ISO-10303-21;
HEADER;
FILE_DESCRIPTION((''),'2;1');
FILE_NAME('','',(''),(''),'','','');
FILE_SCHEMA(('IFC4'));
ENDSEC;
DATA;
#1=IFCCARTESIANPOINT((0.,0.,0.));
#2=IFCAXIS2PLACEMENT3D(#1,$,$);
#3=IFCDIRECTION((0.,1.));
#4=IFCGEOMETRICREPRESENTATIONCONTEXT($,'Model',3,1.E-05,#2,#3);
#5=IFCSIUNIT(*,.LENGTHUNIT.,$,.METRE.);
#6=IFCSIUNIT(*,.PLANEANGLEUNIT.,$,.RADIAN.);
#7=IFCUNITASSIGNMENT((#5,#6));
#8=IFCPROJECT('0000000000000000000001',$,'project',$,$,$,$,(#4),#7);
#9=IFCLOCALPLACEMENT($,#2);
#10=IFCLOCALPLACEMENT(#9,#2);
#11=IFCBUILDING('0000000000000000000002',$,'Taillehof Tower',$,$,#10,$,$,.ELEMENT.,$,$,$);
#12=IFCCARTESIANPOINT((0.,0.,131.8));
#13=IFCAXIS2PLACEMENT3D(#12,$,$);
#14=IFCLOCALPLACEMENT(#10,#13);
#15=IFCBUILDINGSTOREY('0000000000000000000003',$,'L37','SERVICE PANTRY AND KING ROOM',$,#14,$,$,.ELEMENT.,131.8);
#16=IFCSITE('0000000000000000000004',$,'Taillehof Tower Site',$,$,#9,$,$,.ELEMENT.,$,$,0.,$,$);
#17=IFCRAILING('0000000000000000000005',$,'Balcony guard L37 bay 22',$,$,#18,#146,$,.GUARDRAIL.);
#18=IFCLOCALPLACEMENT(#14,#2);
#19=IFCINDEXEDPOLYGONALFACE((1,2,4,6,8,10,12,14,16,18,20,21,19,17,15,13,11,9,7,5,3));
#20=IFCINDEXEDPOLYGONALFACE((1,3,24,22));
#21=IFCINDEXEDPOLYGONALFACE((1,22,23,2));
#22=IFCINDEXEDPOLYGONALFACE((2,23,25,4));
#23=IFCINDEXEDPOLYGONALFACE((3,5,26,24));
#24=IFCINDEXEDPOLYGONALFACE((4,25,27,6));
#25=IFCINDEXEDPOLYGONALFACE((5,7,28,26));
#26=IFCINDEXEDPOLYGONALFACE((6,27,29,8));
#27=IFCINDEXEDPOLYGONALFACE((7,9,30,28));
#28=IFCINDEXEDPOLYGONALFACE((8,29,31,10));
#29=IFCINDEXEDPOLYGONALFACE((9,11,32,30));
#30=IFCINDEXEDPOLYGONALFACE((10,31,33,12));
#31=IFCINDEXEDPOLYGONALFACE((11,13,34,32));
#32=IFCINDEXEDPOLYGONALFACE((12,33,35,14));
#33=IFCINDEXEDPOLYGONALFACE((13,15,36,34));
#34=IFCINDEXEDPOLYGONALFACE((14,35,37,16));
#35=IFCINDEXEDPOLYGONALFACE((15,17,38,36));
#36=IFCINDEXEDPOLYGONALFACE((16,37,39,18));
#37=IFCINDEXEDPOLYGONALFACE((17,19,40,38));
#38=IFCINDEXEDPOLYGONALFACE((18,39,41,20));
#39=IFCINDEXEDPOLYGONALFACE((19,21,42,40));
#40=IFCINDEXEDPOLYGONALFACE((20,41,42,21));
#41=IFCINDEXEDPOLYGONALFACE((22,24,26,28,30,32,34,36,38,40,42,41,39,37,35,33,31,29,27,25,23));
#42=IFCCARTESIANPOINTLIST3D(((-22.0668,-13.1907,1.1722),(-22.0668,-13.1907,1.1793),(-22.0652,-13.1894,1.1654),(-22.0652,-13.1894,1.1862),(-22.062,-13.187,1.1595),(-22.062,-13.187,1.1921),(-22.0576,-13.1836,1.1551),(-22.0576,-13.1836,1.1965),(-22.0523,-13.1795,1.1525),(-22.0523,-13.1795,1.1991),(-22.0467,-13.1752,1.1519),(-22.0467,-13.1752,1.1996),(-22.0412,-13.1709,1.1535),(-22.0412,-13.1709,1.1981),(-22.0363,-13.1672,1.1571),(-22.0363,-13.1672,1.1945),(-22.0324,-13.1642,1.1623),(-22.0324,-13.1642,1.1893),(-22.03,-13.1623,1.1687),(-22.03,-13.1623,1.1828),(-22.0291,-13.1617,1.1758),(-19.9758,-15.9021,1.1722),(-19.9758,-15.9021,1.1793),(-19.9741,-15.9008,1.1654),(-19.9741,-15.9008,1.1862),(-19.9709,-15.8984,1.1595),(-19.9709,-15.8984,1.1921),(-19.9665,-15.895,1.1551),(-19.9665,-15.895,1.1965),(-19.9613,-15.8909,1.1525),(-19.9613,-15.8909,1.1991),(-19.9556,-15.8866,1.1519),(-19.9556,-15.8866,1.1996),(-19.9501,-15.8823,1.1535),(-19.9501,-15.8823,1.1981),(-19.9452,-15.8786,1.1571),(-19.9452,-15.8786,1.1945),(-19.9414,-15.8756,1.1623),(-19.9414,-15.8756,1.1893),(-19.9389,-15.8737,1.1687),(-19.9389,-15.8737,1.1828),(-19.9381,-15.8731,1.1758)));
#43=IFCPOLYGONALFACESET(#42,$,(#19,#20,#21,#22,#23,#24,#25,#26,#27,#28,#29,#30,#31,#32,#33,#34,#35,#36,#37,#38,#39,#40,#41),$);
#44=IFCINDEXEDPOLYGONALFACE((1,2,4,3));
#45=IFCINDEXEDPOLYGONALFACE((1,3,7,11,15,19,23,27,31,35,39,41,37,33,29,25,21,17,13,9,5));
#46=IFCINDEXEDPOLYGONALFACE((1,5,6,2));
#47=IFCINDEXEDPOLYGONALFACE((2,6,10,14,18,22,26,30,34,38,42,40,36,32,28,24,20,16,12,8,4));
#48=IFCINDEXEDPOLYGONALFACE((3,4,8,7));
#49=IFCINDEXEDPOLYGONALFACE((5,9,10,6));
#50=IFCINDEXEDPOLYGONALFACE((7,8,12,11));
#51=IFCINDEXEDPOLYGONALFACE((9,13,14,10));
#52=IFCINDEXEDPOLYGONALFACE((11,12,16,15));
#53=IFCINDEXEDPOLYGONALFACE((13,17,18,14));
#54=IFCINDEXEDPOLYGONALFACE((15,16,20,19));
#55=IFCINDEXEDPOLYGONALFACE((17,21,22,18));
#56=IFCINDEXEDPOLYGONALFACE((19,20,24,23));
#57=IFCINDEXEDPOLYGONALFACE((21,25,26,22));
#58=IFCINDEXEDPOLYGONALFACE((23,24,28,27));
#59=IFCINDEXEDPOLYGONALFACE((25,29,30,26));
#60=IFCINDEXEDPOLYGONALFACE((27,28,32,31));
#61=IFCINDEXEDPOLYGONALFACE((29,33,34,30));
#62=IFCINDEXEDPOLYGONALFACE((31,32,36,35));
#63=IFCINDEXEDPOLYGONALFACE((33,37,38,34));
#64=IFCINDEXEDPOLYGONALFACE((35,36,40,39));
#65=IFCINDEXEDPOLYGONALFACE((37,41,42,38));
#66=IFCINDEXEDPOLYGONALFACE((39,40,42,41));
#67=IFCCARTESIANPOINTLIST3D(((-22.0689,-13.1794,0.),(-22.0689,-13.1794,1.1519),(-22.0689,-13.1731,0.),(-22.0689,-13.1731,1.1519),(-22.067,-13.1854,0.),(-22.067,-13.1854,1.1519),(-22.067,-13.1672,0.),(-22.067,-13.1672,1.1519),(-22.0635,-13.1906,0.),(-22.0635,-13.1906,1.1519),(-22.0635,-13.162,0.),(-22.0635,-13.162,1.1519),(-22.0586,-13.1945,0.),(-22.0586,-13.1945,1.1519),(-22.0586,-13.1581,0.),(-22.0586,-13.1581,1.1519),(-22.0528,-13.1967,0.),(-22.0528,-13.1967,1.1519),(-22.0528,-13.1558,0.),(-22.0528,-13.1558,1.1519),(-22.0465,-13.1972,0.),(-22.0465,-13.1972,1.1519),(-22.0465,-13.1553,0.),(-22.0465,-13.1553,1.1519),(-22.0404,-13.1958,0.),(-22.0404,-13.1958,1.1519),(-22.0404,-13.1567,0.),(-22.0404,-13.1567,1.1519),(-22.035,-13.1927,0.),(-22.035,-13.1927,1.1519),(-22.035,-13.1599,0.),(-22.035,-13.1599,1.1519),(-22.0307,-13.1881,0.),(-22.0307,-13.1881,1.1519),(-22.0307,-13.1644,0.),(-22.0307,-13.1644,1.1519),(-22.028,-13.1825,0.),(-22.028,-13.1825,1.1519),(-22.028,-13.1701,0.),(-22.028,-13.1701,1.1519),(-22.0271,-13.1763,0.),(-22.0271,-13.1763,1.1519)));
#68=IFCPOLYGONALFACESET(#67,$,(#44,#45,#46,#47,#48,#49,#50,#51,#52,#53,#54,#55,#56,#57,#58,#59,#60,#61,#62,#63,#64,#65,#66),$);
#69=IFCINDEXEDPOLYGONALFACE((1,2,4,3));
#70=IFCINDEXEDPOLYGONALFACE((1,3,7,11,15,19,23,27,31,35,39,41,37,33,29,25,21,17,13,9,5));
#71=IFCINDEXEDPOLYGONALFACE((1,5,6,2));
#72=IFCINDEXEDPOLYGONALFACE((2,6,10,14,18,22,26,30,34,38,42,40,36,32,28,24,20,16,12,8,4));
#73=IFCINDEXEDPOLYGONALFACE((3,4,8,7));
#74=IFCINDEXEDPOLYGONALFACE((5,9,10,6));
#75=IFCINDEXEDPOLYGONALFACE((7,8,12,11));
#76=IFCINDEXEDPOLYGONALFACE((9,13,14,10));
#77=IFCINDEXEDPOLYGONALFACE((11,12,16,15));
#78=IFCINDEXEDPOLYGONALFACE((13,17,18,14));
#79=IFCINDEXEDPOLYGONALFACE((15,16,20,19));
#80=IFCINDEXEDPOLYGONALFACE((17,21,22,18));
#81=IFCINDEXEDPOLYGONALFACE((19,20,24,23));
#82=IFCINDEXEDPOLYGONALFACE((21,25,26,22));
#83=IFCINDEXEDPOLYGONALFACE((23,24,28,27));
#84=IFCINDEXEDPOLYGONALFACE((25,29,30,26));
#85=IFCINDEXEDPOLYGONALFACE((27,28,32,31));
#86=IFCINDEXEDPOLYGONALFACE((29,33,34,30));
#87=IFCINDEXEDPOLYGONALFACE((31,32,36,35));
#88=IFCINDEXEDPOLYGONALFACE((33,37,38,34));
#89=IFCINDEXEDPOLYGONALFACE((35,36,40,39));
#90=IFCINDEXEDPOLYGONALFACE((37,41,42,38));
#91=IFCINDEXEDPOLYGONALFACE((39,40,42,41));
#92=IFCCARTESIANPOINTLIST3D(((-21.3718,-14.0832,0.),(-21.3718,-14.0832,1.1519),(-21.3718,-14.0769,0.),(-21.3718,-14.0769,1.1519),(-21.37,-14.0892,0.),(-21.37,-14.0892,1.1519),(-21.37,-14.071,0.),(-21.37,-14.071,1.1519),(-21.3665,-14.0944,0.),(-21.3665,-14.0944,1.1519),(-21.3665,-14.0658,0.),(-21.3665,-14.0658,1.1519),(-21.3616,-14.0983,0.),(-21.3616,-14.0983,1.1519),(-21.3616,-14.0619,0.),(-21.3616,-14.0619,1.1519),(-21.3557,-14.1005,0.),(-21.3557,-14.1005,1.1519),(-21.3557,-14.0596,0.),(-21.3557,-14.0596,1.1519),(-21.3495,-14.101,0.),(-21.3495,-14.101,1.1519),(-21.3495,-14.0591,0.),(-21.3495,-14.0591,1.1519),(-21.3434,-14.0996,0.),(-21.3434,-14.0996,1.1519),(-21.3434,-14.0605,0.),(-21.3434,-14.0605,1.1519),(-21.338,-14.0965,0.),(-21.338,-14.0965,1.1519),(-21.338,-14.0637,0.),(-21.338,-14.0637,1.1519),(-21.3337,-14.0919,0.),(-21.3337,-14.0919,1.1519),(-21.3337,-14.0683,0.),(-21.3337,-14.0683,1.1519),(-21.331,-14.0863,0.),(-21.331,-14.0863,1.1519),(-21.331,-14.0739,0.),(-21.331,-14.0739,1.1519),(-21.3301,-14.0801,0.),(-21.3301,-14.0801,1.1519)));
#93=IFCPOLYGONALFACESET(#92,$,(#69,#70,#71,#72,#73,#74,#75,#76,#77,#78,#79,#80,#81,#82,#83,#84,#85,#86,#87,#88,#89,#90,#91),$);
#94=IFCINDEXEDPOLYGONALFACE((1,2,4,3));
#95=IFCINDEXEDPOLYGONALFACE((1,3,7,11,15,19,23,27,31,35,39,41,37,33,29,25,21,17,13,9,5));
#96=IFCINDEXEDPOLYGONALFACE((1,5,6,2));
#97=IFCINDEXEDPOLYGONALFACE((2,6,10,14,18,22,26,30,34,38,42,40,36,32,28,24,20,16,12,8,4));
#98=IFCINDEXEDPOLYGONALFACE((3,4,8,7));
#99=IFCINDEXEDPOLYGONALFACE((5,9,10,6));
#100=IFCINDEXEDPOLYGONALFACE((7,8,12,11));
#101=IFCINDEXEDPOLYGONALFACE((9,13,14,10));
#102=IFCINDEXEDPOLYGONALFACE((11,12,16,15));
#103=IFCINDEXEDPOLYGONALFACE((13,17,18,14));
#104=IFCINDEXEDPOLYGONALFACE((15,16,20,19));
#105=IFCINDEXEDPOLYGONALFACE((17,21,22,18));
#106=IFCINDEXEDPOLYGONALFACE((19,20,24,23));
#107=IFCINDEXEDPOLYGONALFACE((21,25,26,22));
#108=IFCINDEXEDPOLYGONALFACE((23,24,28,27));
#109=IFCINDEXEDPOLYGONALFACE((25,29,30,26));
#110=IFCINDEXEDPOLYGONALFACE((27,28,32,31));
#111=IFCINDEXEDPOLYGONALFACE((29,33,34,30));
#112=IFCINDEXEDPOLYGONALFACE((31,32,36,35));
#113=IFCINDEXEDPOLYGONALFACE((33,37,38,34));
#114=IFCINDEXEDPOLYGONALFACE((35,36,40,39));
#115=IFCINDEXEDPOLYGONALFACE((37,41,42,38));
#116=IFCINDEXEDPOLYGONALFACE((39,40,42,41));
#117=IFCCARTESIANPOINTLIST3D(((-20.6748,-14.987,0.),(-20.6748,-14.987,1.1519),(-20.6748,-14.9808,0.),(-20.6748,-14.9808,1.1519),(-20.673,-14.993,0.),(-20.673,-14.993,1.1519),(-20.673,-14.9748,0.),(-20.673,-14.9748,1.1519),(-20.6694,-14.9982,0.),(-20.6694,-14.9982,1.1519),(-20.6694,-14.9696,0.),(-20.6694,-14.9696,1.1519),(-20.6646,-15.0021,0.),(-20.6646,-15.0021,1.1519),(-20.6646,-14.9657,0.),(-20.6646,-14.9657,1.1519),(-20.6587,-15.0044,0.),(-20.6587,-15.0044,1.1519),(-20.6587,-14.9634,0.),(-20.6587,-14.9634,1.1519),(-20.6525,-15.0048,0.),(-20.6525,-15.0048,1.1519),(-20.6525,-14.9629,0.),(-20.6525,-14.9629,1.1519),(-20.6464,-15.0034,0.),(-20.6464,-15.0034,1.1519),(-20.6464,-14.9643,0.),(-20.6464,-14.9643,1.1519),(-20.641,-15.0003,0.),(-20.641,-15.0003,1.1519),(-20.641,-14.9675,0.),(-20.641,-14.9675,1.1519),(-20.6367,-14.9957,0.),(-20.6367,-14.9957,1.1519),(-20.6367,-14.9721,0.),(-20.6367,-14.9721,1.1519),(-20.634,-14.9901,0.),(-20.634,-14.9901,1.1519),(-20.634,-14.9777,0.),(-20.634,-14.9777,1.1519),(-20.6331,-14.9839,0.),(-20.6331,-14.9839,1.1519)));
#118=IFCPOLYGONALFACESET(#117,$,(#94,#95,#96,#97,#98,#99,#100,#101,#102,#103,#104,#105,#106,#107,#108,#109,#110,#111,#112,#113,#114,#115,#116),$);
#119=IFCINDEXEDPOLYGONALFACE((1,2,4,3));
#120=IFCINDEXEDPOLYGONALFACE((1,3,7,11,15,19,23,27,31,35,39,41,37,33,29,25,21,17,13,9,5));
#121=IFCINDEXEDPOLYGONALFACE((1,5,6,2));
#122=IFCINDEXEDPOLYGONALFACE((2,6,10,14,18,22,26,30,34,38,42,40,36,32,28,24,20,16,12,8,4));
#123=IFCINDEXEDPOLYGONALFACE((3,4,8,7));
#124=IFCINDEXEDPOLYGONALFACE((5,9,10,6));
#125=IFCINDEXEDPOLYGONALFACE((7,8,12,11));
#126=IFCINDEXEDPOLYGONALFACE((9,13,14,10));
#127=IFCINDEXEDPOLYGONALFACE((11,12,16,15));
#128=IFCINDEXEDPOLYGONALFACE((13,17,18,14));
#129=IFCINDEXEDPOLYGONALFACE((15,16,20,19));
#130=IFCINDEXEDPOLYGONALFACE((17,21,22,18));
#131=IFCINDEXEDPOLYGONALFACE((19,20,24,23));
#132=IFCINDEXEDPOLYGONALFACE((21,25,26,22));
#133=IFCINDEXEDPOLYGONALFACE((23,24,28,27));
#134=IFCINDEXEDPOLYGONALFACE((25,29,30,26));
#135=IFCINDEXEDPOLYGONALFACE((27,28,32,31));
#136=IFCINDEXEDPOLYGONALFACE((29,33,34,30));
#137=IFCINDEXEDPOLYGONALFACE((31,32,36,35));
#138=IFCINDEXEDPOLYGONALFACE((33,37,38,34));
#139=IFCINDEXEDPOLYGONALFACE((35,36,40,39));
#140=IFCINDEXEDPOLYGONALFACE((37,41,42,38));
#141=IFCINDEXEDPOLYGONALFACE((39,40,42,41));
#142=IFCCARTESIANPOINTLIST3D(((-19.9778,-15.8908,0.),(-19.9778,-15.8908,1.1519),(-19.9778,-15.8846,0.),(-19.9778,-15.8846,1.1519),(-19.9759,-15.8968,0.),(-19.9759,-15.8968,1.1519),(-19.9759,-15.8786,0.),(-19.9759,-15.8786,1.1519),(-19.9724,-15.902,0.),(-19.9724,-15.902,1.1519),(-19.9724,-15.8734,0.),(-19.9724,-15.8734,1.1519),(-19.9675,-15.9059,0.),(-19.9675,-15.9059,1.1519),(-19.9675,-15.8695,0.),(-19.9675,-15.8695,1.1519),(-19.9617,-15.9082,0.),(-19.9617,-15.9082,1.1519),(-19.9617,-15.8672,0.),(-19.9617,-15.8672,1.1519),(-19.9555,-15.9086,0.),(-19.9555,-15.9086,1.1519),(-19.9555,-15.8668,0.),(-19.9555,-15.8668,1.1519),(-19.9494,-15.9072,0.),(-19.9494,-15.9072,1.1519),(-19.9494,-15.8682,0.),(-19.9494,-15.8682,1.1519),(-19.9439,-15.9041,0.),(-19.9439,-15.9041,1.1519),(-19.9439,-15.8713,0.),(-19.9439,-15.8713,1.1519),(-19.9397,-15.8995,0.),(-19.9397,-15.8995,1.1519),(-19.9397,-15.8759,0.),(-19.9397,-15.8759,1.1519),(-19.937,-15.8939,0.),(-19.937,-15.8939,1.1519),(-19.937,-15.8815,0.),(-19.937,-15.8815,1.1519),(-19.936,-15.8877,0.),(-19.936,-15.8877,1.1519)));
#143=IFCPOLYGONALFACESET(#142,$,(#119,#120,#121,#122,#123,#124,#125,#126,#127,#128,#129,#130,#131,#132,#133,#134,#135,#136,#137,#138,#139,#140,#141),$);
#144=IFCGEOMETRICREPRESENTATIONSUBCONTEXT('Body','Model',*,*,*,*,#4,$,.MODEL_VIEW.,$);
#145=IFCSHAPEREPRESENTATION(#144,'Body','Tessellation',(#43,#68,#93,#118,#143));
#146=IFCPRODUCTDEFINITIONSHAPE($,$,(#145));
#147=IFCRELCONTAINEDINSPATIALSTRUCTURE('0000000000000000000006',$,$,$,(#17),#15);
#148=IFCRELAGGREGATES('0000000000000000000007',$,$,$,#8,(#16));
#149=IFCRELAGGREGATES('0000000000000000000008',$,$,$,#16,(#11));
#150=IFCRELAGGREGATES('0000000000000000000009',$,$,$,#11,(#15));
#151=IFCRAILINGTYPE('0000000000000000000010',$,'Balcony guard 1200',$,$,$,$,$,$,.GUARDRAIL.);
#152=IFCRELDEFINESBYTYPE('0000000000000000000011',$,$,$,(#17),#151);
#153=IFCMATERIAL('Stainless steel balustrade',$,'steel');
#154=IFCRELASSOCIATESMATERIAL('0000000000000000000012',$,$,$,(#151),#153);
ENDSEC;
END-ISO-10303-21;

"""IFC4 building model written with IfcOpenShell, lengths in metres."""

from ifc_helpers import new_model, si_unit, direction, frame, origin, origin_2d, place, context, subcontext, project, spatial, circle, extrude, material, type_object, element, save


model = new_model("IFC4")

# Units and contexts
model_context = context("Model", 3, precision=1e-05, world=origin(), true_north=direction((0.0, 1.0)))
body_context = subcontext(model_context, "Body", "Model", "MODEL_VIEW")
ifc_project = project(units=[si_unit("LENGTHUNIT", "METRE"), si_unit("PLANEANGLEUNIT", "RADIAN")], contexts=[model_context])

# Site, building, storey
site_placement = place(None, origin())
site = spatial("IfcSite", under=ifc_project, at=site_placement, Name="Taillehof Tower Site", CompositionType="ELEMENT", RefElevation=0.0)
building_placement = place(site_placement, origin())
building = spatial("IfcBuilding", under=site, at=building_placement, Name="Taillehof Tower", CompositionType="ELEMENT")
storey_placement = place(building_placement, frame((0.0, 0.0, 131.8)))
storey = spatial("IfcBuildingStorey", under=building, at=storey_placement, Name="L37", Description="SERVICE PANTRY AND KING ROOM", CompositionType="ELEMENT", Elevation=131.8)

# Railing
ifc_material_1 = material(Name="Stainless steel balustrade", Category="steel")
railing_type = type_object("IfcRailingType", Name="Balcony guard 1200", PredefinedType="GUARDRAIL", material=ifc_material_1)
railing_1_placement = place(storey_placement, frame((-22.0481, -13.1763, 0.0)))
element("IfcRailing", 1, at=railing_1_placement, inside=storey, type_object=railing_type, Name="Balcony guard L37 bay 22", PredefinedType="GUARDRAIL", context=body_context, shape_type="SweptSolid", body=[
    extrude(circle(Radius=0.0239, at=origin_2d()), frame((0.0, 0.0, 1.1758), z_axis=(0.610692, -0.791868, 0.0), x_axis=(0.791868, 0.610692, 0.0)), (0.0, 0.0, 1.0), 3.4241),
    extrude(circle(Radius=0.021, at=origin_2d()), origin(), (0.0, 0.0, 1.0), 1.1519),
    extrude(circle(Radius=0.021, at=origin_2d()), frame((0.697, -0.9038, 0.0)), (0.0, 0.0, 1.0), 1.1519),
    extrude(circle(Radius=0.021, at=origin_2d()), frame((1.394, -1.8076, 0.0)), (0.0, 0.0, 1.0), 1.1519),
    extrude(circle(Radius=0.021, at=origin_2d()), frame((2.0911, -2.7114, 0.0)), (0.0, 0.0, 1.0), 1.1519),
])

save(model, "model.ifc")
